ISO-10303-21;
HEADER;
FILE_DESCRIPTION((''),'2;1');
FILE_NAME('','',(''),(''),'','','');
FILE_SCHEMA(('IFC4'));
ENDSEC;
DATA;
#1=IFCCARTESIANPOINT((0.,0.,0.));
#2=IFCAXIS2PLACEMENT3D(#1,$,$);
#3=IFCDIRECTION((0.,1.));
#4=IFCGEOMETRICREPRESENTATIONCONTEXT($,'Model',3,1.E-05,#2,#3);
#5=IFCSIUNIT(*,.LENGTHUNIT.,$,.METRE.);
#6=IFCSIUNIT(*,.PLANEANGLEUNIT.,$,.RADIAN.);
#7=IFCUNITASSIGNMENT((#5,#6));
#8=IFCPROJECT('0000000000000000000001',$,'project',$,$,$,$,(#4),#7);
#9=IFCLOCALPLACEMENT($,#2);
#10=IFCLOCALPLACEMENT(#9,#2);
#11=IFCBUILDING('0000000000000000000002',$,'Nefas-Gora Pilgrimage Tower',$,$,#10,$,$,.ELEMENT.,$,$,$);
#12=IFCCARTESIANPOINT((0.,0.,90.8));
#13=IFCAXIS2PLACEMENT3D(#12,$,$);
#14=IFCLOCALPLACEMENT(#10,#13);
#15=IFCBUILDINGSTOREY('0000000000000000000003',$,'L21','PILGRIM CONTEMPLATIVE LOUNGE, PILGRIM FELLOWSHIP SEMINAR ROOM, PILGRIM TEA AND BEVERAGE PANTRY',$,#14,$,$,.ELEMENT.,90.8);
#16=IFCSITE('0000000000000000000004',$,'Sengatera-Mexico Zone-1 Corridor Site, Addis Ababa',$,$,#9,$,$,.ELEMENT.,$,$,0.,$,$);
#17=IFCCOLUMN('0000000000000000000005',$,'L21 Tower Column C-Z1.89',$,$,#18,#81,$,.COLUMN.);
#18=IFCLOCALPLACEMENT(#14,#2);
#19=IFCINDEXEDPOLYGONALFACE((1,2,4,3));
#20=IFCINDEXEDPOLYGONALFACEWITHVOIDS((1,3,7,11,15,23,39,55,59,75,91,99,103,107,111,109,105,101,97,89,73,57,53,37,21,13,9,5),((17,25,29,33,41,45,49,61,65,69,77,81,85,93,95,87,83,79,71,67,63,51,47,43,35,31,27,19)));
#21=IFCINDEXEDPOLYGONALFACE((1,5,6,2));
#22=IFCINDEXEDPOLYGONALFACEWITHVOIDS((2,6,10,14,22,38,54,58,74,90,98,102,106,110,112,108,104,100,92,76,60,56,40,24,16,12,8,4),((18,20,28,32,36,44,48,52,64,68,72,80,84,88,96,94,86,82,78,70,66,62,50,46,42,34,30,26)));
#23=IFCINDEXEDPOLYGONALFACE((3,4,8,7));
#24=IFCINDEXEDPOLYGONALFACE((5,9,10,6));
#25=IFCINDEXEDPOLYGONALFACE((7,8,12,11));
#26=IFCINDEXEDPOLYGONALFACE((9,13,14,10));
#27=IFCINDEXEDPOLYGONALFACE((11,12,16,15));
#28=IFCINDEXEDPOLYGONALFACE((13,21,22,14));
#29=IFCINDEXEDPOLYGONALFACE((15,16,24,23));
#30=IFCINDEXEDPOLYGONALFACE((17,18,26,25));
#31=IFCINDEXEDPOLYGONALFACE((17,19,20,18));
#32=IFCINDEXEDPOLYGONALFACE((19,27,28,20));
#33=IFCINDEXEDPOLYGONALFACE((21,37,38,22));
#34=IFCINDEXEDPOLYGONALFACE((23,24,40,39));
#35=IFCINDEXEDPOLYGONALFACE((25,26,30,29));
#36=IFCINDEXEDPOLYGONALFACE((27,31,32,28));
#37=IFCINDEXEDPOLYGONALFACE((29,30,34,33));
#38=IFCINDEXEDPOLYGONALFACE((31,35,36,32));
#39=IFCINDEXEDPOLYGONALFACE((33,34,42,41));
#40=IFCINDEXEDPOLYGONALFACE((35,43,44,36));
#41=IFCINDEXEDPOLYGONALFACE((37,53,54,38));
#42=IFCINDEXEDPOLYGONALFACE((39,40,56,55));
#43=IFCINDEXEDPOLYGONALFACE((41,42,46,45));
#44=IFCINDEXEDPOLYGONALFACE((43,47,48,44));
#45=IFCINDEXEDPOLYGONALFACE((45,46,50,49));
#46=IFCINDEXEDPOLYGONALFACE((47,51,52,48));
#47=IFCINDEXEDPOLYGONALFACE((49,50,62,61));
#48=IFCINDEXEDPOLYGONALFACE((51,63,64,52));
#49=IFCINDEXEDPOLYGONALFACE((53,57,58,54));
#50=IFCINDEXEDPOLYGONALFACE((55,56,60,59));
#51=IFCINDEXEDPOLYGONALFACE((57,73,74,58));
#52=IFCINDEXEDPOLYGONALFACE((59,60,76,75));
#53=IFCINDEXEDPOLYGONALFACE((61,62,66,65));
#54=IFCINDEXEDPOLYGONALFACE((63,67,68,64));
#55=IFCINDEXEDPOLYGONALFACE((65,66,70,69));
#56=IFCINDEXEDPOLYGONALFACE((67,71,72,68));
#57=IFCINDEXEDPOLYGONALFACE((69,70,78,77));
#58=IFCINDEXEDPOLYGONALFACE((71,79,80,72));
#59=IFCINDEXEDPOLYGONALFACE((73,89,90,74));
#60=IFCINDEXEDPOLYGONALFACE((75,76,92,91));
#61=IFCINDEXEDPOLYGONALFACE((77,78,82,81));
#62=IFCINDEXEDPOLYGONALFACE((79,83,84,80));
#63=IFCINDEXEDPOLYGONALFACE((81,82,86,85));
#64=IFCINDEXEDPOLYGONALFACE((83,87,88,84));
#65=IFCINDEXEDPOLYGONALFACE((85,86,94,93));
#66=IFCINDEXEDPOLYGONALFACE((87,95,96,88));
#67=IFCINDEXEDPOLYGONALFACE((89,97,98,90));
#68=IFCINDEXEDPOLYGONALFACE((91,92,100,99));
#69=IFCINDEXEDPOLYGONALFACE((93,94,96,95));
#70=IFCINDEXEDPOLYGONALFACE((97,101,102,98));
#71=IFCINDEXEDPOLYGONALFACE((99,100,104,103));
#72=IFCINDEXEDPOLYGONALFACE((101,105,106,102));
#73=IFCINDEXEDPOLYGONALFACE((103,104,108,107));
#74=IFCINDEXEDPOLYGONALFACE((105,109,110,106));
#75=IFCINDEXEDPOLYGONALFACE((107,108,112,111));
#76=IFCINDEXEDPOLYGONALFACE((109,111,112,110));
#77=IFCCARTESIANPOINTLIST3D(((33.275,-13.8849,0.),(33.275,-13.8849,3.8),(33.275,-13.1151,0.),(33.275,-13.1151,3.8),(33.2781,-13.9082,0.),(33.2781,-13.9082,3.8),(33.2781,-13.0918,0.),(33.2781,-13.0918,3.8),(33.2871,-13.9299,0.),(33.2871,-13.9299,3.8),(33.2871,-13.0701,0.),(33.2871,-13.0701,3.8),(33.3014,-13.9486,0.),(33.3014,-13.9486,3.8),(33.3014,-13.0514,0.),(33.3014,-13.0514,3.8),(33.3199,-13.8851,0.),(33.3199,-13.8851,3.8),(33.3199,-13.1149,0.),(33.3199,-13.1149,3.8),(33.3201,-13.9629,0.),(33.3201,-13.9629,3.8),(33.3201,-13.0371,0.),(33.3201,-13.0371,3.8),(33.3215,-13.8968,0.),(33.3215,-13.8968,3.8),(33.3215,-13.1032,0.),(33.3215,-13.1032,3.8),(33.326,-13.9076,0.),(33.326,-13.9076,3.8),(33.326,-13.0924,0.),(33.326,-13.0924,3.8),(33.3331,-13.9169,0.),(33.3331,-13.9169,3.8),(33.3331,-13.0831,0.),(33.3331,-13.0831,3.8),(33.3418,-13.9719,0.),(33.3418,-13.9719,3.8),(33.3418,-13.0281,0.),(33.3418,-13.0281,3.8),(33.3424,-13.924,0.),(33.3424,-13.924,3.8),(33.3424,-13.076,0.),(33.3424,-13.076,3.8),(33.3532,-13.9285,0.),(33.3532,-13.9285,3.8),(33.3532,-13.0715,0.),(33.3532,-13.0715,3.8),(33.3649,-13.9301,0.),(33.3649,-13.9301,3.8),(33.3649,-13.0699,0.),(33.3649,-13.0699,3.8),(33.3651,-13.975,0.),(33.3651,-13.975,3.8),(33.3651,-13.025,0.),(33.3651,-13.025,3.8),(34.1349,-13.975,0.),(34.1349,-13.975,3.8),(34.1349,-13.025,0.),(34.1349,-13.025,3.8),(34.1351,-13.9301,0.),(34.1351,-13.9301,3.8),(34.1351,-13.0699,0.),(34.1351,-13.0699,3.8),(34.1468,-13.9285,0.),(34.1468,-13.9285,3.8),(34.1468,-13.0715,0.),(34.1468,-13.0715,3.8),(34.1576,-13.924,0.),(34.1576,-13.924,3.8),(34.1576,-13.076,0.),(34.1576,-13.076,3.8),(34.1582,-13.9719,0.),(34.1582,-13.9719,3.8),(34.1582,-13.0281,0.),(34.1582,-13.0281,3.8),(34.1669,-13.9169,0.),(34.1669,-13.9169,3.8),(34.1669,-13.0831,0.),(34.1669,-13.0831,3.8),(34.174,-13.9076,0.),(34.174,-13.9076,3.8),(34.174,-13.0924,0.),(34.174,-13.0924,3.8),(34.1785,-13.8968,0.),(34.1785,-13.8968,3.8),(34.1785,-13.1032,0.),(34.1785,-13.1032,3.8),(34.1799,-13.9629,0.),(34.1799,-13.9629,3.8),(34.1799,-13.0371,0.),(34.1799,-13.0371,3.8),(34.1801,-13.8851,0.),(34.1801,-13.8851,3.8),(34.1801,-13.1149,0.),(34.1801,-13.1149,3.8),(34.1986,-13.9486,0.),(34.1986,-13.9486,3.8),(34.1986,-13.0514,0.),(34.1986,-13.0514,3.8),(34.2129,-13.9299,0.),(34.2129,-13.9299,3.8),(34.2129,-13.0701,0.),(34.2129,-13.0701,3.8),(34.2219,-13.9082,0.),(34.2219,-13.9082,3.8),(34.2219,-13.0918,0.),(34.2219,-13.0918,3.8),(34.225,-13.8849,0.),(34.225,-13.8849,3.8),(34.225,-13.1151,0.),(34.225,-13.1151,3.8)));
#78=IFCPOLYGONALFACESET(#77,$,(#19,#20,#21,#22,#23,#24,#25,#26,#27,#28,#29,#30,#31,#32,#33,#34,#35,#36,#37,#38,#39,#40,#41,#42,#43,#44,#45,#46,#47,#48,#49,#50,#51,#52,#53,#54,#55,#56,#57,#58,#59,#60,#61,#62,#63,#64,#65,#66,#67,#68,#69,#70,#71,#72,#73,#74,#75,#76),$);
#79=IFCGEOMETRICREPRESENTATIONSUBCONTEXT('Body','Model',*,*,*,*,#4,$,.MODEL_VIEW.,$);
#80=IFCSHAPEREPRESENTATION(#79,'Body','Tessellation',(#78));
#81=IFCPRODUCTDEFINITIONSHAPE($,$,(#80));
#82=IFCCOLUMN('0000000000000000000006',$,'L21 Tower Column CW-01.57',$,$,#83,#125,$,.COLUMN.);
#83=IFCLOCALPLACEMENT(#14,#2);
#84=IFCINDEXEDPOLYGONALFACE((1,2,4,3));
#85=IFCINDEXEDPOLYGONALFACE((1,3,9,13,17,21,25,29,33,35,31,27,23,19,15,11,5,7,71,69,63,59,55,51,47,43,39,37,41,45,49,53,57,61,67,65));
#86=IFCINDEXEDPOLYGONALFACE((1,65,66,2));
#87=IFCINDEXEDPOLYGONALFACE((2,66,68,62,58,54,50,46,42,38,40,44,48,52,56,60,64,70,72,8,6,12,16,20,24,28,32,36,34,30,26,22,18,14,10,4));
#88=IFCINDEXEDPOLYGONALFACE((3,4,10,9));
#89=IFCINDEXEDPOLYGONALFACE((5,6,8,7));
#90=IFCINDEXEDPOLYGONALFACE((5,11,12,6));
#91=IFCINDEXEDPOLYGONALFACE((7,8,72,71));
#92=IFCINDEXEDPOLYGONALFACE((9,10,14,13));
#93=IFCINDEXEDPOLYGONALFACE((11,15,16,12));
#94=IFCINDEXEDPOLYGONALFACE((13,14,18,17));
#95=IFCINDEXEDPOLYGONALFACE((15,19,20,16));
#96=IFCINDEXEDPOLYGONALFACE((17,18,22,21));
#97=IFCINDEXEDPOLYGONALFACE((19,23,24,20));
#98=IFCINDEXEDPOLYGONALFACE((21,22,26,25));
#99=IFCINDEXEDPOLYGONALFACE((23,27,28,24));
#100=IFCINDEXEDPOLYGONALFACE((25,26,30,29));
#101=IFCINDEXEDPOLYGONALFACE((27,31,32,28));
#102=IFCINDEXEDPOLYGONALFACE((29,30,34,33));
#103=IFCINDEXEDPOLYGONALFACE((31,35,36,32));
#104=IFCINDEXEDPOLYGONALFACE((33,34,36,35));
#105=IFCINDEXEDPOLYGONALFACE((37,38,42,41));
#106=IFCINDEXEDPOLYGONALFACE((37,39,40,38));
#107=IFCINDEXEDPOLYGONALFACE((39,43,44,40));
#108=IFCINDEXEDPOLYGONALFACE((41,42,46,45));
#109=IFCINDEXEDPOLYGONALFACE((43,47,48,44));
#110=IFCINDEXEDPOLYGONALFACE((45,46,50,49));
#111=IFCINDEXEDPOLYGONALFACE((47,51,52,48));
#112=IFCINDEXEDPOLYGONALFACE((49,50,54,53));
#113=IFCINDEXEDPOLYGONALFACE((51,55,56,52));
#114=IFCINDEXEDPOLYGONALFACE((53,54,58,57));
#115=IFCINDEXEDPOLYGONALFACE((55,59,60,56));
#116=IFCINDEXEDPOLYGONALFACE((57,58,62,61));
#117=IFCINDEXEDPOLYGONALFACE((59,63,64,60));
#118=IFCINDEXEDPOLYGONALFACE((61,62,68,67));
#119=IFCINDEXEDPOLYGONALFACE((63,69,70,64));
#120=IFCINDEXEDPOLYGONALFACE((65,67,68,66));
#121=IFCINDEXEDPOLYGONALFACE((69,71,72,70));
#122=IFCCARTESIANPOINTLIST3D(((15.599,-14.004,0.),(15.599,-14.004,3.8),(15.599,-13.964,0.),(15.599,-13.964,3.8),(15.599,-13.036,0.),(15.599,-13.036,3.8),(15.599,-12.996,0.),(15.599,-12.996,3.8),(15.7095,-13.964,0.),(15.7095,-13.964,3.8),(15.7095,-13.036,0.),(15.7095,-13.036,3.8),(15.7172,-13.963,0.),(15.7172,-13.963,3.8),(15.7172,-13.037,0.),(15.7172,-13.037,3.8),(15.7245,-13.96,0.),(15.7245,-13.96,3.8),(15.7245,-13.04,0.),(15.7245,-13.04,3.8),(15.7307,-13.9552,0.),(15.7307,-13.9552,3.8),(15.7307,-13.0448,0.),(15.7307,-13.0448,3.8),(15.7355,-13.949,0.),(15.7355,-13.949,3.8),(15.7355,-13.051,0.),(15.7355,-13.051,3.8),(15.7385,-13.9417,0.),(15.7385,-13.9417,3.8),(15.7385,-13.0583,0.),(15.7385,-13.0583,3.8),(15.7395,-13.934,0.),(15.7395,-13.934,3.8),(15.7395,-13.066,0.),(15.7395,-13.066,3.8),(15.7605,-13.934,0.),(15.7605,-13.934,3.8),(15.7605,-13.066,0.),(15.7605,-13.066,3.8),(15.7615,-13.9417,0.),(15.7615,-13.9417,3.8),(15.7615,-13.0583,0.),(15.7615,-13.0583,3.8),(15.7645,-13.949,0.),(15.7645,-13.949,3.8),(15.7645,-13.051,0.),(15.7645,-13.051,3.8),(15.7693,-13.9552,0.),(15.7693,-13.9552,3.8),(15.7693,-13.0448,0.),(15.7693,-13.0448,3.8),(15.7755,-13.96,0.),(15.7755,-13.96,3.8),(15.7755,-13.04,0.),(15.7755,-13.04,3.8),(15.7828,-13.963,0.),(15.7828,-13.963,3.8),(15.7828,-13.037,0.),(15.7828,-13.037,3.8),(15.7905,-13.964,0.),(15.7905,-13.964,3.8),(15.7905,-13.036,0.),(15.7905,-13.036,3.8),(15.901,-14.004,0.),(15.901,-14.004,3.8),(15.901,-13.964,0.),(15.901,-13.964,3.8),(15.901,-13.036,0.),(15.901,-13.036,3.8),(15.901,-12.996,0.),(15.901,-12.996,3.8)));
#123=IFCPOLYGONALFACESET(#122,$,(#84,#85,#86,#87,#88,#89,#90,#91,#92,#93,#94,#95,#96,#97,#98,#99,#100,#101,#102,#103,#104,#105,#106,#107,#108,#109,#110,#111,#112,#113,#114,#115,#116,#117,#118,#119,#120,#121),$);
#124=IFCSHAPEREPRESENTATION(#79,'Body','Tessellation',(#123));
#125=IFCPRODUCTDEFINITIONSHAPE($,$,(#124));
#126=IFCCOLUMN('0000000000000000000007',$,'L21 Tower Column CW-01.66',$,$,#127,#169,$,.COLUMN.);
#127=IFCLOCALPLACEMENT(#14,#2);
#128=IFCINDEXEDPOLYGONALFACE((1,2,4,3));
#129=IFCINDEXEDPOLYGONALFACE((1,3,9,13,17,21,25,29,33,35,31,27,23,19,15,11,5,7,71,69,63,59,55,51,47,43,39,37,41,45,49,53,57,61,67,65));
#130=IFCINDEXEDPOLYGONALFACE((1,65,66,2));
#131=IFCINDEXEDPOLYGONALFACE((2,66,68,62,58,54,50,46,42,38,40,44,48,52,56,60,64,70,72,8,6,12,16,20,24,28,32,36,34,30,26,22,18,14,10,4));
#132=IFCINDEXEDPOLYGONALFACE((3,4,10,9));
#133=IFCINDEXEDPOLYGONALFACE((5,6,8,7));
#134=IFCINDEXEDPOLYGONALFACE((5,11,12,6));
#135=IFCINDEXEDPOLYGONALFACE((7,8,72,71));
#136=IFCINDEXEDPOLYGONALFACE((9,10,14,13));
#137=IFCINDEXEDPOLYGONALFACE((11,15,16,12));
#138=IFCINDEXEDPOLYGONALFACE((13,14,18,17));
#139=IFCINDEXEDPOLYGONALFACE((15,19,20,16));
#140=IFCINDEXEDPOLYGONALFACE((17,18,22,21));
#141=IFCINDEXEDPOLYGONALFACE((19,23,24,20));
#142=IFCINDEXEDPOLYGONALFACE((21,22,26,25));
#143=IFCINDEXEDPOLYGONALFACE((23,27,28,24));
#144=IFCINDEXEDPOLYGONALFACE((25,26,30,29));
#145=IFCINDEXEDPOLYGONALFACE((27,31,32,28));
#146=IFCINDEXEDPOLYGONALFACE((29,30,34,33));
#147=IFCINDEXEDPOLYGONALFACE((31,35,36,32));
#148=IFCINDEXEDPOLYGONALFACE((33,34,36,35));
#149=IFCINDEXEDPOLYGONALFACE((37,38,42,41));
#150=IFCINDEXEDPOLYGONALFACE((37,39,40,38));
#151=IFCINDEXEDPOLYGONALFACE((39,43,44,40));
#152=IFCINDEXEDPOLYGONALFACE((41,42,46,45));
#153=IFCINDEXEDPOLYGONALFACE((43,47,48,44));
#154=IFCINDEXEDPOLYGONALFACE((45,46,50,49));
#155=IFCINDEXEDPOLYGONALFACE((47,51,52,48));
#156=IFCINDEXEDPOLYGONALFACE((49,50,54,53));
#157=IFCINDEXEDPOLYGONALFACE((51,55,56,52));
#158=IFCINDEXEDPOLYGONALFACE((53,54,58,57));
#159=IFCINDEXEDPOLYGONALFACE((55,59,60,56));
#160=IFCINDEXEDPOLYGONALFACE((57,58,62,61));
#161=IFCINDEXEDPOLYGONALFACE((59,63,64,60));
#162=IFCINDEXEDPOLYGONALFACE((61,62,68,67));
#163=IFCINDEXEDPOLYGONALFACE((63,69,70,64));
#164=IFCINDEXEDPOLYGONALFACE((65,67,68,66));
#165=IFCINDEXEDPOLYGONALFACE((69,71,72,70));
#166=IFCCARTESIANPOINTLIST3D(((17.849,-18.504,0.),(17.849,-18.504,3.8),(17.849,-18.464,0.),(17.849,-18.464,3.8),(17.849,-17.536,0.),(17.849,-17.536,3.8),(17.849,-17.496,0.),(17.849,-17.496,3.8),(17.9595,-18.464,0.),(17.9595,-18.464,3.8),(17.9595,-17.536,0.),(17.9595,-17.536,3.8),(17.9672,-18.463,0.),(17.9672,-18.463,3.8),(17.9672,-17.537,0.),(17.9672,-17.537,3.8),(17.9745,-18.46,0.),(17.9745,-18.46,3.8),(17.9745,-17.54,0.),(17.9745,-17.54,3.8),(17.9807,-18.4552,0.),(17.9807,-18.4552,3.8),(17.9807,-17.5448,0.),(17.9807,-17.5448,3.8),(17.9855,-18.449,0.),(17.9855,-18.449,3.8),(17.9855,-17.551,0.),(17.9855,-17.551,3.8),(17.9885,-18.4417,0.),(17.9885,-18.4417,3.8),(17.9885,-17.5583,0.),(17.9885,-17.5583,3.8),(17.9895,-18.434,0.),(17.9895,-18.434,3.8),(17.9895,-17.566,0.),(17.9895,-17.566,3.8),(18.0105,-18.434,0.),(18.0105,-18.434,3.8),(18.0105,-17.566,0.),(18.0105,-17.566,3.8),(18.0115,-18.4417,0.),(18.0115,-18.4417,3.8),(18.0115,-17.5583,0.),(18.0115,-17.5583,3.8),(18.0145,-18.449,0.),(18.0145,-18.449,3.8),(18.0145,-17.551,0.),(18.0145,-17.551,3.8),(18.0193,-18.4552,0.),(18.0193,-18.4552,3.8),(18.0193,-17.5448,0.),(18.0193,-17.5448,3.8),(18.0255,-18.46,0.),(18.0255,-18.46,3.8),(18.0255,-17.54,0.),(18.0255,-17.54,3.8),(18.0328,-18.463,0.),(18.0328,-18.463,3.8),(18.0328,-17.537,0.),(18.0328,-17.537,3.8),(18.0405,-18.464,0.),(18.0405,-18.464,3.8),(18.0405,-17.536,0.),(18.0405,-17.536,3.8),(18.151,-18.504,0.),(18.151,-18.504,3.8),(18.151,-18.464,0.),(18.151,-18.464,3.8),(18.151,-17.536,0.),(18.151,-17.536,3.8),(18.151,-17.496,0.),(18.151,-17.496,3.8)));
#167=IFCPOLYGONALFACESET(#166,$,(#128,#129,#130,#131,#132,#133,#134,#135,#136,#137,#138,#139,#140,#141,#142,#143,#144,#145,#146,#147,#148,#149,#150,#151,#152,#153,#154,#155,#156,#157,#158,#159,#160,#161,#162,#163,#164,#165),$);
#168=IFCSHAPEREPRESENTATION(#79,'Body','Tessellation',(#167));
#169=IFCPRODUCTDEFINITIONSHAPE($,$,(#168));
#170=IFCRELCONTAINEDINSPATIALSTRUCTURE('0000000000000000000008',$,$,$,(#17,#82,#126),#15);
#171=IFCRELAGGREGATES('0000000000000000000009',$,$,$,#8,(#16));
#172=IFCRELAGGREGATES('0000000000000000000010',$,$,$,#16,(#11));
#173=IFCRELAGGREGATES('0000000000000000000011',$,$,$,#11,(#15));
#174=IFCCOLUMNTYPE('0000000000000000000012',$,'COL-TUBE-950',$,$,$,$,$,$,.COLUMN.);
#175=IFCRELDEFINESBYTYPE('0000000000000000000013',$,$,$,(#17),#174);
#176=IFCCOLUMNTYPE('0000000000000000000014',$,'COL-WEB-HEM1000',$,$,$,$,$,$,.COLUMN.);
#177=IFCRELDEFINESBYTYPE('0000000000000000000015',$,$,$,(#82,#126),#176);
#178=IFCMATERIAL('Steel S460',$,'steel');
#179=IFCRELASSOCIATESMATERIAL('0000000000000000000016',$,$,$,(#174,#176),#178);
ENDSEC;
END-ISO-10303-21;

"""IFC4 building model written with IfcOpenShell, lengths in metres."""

from ifc_helpers import new_model, si_unit, direction, frame, origin, origin_2d, place, context, subcontext, project, spatial, hollow_rectangle, i_section, extrude, source, transform, mapped, material, material_profile, profile_set, type_object, element, save


model = new_model("IFC4")

# Units and contexts
model_context = context("Model", 3, precision=1e-05, world=origin(), true_north=direction((0.0, 1.0)))
body_context = subcontext(model_context, "Body", "Model", "MODEL_VIEW")
ifc_project = project(units=[si_unit("LENGTHUNIT", "METRE"), si_unit("PLANEANGLEUNIT", "RADIAN")], contexts=[model_context])

# Site, building, storey
site_placement = place(None, origin())
site = spatial("IfcSite", under=ifc_project, at=site_placement, Name="Sengatera-Mexico Zone-1 Corridor Site, Addis Ababa", CompositionType="ELEMENT", RefElevation=0.0)
building_placement = place(site_placement, origin())
building = spatial("IfcBuilding", under=site, at=building_placement, Name="Nefas-Gora Pilgrimage Tower", CompositionType="ELEMENT")
storey_placement = place(building_placement, frame((0.0, 0.0, 90.8)))
storey = spatial("IfcBuildingStorey", under=building, at=storey_placement, Name="L21", Description="PILGRIM CONTEMPLATIVE LOUNGE, PILGRIM FELLOWSHIP SEMINAR ROOM, PILGRIM TEA AND BEVERAGE PANTRY", CompositionType="ELEMENT", Elevation=90.8)

# Columns
ifc_material_1 = material(Name="Steel S460", Category="steel")
ifc_material_profile_1 = material_profile(ifc_material_1, hollow_rectangle(XDim=0.95, YDim=0.95, WallThickness=0.0449, InnerFilletRadius=0.0449, OuterFilletRadius=0.0901, at=origin_2d()), Name="BOX 950x950x45")
ifc_profile_set_1 = profile_set([ifc_material_profile_1], Name="Steel S460")
column_type_1 = type_object("IfcColumnType", Name="COL-TUBE-950", PredefinedType="COLUMN", material=ifc_profile_set_1)
shared_shape_1 = source(origin(), body_context, "Body", "SweptSolid", [
    extrude(hollow_rectangle(XDim=0.95, YDim=0.95, WallThickness=0.0449, InnerFilletRadius=0.0449, OuterFilletRadius=0.0901, at=origin_2d()), origin(), (0.0, 0.0, 1.0), 3.8),
])
for number, where, z_axis, x_axis, name in (
    (1, (33.75, -13.5, 0.0), (0.0, 0.0, 1.0), (1.0, 0.0, 0.0), "L21 Tower Column C-Z1.89"),
):
    element("IfcColumn", number, at=place(storey_placement, frame(where, z_axis=z_axis, x_axis=x_axis)), inside=storey, type_object=column_type_1, Name=name, PredefinedType="COLUMN", context=body_context, shape_type="MappedRepresentation", body=[
        mapped(shared_shape_1, transform((0.0, 0.0, 0.0), x_axis=(1.0, 0.0, 0.0), y_axis=(0.0, 1.0, 0.0), z_axis=(0.0, 0.0, 1.0), scale=1.0)),
    ])
ifc_material_profile_2 = material_profile(ifc_material_1, i_section(OverallWidth=0.302, OverallDepth=1.0081, WebThickness=0.021, FlangeThickness=0.04, FilletRadius=0.03, at=origin_2d()), Name="HEM 1000")
ifc_profile_set_2 = profile_set([ifc_material_profile_2], Name="Steel S460")
column_type_2 = type_object("IfcColumnType", Name="COL-WEB-HEM1000", PredefinedType="COLUMN", material=ifc_profile_set_2)
shared_shape_2 = source(origin(), body_context, "Body", "SweptSolid", [
    extrude(i_section(OverallWidth=0.302, OverallDepth=1.0081, WebThickness=0.021, FlangeThickness=0.04, FilletRadius=0.03, at=origin_2d()), origin(), (0.0, 0.0, 1.0), 3.8),
])
for number, where, z_axis, x_axis, name in (
    (2, (15.75, -13.5, 0.0), (0.0, 0.0, 1.0), (1.0, 0.0, 0.0), "L21 Tower Column CW-01.57"),
    (3, (18.0, -18.0, 0.0), (0.0, 0.0, 1.0), (1.0, 0.0, 0.0), "L21 Tower Column CW-01.66"),
):
    element("IfcColumn", number, at=place(storey_placement, frame(where, z_axis=z_axis, x_axis=x_axis)), inside=storey, type_object=column_type_2, Name=name, PredefinedType="COLUMN", context=body_context, shape_type="MappedRepresentation", body=[
        mapped(shared_shape_2, transform((0.0, 0.0, 0.0), x_axis=(1.0, 0.0, 0.0), y_axis=(0.0, 1.0, 0.0), z_axis=(0.0, 0.0, 1.0), scale=1.0)),
    ])

save(model, "model.ifc")
